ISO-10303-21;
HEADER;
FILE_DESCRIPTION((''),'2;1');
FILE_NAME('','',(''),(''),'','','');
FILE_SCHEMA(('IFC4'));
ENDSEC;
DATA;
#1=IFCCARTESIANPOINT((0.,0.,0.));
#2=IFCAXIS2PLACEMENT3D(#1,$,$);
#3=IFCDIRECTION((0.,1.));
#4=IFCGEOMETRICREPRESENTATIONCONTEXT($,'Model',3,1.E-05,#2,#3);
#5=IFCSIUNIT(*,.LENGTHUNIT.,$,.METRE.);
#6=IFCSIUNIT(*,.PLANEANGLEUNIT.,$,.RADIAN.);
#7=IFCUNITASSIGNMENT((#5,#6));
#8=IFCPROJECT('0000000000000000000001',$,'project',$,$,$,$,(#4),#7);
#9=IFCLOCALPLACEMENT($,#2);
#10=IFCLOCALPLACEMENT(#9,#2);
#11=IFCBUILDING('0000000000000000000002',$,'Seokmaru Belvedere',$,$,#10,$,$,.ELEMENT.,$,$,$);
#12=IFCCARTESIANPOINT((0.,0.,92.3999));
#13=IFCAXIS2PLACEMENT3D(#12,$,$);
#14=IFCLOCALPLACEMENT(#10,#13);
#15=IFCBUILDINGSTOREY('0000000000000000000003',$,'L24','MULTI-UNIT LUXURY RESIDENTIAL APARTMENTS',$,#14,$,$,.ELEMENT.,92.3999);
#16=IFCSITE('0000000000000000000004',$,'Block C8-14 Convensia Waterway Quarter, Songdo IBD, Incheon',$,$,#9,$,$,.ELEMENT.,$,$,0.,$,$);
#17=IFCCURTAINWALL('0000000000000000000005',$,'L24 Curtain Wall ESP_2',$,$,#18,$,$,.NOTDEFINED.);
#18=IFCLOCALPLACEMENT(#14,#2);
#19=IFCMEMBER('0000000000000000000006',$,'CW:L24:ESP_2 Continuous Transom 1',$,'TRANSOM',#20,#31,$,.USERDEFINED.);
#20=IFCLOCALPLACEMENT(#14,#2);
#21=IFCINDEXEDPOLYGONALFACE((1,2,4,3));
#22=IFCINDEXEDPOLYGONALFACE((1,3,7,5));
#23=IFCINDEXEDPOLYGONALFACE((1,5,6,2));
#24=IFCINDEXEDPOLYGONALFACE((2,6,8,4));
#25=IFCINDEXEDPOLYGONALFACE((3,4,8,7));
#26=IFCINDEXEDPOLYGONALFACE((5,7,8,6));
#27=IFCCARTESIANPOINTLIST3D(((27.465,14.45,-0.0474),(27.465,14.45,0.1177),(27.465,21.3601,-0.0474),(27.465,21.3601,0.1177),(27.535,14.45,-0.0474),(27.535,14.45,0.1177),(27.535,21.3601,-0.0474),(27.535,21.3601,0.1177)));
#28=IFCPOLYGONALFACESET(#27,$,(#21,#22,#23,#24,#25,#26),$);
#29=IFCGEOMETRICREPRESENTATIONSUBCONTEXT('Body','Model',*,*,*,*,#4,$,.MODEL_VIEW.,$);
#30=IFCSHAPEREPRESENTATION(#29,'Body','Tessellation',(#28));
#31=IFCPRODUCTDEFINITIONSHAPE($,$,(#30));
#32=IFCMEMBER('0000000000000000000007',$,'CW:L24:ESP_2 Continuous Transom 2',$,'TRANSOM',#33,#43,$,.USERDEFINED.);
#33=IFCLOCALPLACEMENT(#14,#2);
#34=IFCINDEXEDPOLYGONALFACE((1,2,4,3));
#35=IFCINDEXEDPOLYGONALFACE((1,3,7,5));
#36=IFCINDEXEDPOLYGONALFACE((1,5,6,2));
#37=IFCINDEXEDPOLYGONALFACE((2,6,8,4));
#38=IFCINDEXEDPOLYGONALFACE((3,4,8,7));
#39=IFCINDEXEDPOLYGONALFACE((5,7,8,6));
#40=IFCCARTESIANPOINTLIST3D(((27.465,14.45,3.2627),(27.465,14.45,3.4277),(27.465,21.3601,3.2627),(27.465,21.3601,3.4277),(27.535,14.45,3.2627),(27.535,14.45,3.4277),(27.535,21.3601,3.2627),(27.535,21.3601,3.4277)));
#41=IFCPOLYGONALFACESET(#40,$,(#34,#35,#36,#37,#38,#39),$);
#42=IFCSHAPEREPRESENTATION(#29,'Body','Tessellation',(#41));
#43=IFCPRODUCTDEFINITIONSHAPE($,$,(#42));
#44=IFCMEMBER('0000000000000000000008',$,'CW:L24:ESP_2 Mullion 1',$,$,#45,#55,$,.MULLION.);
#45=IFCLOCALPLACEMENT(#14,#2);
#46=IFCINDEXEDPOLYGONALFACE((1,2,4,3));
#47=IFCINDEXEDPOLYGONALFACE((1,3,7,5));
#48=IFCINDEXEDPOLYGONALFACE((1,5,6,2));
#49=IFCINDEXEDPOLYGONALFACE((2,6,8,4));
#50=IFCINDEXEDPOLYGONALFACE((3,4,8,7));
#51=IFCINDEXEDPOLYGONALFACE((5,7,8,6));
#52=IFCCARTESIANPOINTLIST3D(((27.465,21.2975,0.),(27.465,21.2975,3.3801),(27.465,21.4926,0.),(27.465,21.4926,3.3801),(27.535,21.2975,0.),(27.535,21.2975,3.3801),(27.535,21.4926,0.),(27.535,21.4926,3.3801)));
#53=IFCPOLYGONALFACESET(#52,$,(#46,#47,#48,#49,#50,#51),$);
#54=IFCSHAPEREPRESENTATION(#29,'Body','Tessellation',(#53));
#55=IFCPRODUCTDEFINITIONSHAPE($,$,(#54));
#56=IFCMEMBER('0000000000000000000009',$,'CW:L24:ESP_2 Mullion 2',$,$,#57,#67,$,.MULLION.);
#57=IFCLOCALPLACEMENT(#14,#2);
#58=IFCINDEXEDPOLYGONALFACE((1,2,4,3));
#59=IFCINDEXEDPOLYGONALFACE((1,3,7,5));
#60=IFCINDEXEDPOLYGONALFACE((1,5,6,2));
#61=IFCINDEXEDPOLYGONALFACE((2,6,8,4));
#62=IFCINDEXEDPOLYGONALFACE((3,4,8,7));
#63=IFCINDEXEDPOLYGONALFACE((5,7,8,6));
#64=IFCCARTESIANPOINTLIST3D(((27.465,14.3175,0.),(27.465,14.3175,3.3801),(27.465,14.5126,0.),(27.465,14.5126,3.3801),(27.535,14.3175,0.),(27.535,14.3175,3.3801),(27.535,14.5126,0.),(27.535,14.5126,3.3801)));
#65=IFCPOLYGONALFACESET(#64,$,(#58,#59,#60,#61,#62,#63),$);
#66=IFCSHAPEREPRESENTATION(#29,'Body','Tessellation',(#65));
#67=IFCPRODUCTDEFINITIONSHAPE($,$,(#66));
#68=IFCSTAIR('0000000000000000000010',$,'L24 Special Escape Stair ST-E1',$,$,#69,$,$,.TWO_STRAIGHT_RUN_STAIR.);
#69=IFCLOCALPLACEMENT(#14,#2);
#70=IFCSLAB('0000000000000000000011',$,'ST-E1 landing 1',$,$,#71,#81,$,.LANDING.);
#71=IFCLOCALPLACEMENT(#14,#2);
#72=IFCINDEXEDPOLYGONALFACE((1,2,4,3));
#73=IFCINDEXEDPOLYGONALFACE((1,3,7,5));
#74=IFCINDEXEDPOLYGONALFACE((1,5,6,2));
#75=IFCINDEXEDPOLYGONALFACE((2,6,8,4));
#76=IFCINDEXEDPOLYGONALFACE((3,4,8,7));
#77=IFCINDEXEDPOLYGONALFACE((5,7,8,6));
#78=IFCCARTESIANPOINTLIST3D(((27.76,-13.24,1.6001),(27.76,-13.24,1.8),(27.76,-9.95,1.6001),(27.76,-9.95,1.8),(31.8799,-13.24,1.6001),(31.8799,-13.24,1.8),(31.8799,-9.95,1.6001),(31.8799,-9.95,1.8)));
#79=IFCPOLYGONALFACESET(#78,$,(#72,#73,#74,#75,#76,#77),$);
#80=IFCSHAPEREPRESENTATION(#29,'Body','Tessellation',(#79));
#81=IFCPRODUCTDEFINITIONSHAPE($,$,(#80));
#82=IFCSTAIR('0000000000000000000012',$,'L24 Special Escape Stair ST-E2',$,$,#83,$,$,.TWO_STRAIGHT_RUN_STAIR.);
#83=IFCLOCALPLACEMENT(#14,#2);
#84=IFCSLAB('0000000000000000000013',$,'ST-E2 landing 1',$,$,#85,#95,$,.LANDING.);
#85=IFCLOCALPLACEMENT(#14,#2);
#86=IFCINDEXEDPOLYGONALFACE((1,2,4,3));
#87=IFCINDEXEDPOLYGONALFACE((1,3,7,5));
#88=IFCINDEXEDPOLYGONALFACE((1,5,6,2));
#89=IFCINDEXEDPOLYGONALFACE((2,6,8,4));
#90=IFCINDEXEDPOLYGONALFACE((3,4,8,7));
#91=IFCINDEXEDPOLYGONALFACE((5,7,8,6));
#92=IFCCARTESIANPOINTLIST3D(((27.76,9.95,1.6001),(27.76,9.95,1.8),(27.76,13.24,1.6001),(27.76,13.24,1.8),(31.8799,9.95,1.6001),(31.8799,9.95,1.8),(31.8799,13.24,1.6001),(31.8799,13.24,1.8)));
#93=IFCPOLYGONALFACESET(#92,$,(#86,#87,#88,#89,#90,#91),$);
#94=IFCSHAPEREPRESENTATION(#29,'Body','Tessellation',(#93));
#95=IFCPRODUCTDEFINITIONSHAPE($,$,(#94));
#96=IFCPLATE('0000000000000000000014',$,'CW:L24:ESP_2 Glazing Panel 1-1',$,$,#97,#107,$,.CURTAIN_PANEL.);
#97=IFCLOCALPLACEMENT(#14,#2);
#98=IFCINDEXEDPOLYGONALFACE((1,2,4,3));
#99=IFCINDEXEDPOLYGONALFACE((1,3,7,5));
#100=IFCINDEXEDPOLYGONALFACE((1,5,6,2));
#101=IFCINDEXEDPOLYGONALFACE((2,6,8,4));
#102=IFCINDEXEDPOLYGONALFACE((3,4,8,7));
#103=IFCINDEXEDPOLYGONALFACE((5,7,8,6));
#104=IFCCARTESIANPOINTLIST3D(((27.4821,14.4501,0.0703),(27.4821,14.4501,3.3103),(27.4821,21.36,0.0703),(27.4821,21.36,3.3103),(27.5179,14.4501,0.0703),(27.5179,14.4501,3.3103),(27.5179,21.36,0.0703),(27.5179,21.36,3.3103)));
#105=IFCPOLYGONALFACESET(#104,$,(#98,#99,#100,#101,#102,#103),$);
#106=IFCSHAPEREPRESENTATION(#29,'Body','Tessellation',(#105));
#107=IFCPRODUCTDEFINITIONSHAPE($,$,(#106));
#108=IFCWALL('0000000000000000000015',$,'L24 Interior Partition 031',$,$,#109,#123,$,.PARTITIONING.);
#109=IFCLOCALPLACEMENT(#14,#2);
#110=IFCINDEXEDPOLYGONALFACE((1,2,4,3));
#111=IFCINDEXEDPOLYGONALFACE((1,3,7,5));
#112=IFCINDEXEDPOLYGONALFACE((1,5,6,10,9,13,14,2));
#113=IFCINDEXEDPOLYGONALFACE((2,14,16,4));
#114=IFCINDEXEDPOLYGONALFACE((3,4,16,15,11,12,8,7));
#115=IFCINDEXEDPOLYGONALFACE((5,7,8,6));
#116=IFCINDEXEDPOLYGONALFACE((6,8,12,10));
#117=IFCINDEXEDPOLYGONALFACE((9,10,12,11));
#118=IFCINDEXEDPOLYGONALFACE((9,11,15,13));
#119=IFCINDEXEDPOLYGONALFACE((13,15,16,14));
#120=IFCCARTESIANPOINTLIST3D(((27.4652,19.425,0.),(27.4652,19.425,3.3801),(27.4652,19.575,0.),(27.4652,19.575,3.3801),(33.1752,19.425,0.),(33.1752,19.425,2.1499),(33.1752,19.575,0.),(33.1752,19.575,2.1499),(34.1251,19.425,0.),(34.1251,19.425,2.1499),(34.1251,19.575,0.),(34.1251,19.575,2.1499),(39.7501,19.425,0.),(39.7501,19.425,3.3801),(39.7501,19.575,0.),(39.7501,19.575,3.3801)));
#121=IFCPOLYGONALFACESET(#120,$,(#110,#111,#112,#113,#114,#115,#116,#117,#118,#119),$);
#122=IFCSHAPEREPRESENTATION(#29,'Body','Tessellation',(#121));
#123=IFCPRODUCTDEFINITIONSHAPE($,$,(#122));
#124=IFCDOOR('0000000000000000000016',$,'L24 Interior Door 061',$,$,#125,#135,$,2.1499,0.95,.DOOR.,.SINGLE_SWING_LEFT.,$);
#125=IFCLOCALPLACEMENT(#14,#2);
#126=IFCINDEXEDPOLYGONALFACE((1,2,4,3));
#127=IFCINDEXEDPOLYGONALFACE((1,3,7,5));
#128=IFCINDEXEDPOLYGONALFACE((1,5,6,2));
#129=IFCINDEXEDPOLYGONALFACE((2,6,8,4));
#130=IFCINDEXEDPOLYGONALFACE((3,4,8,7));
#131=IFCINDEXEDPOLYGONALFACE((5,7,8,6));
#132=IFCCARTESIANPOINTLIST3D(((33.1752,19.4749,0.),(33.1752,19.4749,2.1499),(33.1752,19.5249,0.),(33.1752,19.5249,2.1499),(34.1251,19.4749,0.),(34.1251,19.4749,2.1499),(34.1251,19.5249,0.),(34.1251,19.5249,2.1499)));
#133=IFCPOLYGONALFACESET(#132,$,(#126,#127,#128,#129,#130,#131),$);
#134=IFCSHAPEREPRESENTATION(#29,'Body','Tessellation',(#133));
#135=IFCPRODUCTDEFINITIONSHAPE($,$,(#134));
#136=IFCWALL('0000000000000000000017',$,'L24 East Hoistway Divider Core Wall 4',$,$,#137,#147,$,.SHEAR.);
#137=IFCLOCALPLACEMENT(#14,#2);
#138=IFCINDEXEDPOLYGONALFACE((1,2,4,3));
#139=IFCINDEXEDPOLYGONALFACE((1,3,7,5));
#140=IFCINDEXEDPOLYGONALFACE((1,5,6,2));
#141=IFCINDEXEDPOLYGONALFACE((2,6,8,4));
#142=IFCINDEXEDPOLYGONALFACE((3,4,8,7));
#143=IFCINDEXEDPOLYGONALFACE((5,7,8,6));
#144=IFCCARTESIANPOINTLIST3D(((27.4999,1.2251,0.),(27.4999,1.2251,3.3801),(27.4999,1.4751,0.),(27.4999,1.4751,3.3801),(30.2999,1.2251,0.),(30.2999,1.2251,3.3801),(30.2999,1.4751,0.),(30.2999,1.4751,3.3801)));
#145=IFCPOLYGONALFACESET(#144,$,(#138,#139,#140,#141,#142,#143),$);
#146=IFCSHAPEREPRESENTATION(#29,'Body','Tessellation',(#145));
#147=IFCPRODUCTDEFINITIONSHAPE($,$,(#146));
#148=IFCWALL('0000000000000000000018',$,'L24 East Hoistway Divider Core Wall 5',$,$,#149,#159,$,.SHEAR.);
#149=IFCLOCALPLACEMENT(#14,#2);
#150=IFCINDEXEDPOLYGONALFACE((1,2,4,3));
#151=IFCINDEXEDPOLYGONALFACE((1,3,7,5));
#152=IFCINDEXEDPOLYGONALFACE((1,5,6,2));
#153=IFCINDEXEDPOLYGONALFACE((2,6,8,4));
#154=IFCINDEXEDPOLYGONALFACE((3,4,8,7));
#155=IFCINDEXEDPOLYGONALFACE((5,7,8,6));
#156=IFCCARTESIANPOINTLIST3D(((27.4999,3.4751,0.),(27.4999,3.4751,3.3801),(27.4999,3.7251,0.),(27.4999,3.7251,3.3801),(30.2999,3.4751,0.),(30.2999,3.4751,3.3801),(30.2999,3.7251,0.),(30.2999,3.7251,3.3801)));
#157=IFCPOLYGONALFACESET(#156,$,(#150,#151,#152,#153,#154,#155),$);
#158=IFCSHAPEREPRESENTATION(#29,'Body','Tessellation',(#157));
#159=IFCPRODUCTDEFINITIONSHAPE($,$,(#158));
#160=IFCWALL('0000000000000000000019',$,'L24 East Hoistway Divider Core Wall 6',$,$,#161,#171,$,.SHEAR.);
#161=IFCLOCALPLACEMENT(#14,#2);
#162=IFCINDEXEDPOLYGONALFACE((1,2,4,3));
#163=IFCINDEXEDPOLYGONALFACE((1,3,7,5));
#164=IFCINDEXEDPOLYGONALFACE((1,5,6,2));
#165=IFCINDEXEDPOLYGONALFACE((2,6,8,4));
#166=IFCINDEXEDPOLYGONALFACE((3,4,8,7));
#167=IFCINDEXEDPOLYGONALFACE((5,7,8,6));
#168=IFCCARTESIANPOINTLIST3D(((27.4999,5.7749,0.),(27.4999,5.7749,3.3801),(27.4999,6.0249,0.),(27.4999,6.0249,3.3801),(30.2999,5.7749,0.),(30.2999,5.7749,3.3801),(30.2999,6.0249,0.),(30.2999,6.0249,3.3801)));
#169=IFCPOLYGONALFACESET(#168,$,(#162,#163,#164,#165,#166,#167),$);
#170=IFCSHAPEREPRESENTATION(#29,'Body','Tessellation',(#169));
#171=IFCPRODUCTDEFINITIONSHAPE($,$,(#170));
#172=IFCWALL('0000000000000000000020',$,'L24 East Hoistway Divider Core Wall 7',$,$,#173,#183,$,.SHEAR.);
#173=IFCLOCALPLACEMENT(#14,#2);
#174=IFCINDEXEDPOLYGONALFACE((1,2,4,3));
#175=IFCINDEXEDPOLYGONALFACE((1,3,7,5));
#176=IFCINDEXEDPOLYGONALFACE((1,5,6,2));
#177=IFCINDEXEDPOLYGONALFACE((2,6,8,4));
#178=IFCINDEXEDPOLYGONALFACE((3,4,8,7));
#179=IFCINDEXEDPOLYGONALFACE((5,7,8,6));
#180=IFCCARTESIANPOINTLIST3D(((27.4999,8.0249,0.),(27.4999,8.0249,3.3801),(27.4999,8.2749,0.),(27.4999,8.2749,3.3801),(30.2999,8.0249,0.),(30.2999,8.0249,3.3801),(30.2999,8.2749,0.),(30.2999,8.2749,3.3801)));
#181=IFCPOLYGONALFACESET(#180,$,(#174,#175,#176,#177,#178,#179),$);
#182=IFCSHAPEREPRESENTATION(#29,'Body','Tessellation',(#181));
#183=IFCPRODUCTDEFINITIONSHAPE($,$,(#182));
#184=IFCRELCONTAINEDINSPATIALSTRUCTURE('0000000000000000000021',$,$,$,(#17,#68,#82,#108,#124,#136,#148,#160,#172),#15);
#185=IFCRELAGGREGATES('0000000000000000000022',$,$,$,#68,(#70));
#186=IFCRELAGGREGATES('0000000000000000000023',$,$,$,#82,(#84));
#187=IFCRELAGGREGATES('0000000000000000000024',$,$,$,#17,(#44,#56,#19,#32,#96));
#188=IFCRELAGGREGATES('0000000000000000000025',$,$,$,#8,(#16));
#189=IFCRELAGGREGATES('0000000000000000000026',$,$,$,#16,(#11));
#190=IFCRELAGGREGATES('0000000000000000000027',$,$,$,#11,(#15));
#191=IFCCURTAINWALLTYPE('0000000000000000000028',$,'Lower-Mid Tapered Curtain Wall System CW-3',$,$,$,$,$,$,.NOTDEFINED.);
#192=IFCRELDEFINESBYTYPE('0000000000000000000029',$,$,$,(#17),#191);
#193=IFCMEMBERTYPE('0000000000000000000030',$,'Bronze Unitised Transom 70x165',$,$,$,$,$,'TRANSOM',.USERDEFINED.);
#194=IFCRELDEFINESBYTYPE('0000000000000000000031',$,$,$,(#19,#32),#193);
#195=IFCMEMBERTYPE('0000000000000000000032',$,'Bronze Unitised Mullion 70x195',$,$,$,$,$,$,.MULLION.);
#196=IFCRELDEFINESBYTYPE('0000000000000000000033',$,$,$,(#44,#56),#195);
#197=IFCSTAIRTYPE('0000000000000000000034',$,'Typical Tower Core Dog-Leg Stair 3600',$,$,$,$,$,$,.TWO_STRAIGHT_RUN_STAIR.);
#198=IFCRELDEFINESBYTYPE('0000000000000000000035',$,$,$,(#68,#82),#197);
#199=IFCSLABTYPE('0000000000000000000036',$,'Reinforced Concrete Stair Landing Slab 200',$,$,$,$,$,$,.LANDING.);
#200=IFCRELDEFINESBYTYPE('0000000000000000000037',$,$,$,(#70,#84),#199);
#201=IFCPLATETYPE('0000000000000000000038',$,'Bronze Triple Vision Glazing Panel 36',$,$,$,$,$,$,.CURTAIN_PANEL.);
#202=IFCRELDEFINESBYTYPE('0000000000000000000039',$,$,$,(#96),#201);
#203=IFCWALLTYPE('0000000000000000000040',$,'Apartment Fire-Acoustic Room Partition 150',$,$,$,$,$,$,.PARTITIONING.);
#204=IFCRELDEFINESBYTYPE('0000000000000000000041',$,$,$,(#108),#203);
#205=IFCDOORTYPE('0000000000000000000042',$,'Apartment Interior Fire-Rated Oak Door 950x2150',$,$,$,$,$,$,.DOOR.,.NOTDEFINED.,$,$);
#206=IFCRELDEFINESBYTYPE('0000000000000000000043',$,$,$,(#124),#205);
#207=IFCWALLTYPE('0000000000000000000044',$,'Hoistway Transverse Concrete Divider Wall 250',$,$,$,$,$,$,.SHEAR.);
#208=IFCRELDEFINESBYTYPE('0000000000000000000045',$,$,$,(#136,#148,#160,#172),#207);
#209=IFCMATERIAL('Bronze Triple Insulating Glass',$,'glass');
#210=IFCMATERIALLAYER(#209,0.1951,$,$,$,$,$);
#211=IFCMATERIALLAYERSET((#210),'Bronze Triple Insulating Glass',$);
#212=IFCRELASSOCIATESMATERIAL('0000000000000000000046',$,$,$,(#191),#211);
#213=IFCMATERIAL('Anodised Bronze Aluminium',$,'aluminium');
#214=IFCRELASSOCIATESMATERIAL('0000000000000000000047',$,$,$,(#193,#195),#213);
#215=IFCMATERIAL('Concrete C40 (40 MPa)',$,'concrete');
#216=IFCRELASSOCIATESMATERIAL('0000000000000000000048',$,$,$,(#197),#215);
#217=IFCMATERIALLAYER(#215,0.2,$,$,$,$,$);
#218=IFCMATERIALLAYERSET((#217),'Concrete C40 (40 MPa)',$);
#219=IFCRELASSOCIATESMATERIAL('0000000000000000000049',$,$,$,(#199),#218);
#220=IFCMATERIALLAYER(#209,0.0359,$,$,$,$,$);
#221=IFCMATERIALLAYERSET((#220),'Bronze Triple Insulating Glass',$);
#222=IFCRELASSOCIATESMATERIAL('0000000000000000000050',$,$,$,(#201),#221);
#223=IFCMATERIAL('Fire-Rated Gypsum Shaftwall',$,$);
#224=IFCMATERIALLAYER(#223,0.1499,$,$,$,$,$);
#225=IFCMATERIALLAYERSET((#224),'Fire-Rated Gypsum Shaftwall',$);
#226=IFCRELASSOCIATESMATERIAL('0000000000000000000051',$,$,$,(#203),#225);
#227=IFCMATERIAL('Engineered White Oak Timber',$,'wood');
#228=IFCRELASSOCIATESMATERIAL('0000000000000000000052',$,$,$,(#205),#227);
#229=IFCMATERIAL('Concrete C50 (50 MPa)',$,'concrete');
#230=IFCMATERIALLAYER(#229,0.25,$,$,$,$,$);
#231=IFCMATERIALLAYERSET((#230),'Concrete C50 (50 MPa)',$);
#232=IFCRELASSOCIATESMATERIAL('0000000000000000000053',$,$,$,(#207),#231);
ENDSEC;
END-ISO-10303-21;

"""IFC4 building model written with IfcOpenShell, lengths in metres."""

from ifc_helpers import new_model, si_unit, direction, frame, frame_2d, origin, origin_2d, place, context, subcontext, project, spatial, polyline, rectangle, outline, extrude, source, transform, mapped, material, layer, layer_set, material_profile, profile_set, type_object, type_shapes, element, fill, aggregate, save


model = new_model("IFC4")

# Units and contexts
model_context = context("Model", 3, precision=1e-05, world=origin(), true_north=direction((0.0, 1.0)))
body_context = subcontext(model_context, "Body", "Model", "MODEL_VIEW")
ifc_project = project(units=[si_unit("LENGTHUNIT", "METRE"), si_unit("PLANEANGLEUNIT", "RADIAN")], contexts=[model_context])

# Site, building, storey
site_placement = place(None, origin())
site = spatial("IfcSite", under=ifc_project, at=site_placement, Name="Block C8-14 Convensia Waterway Quarter, Songdo IBD, Incheon", CompositionType="ELEMENT", RefElevation=0.0)
building_placement = place(site_placement, origin())
building = spatial("IfcBuilding", under=site, at=building_placement, Name="Seokmaru Belvedere", CompositionType="ELEMENT")
storey_placement = place(building_placement, frame((0.0, 0.0, 92.3999)))
storey = spatial("IfcBuildingStorey", under=building, at=storey_placement, Name="L24", Description="MULTI-UNIT LUXURY RESIDENTIAL APARTMENTS", CompositionType="ELEMENT", Elevation=92.3999)

# Curtain wall, members
ifc_material_1 = material(Name="Bronze Triple Insulating Glass", Category="glass")
ifc_layer_1 = layer(ifc_material_1, 0.1951)
ifc_layer_set_1 = layer_set([ifc_layer_1], Name="Bronze Triple Insulating Glass")
curtain_wall_type = type_object("IfcCurtainWallType", Name="Lower-Mid Tapered Curtain Wall System CW-3", PredefinedType="NOTDEFINED", material=ifc_layer_set_1)
curtain_wall_placement = place(storey_placement, origin())
curtain_wall = element("IfcCurtainWall", 1, at=curtain_wall_placement, inside=storey, type_object=curtain_wall_type, Name="L24 Curtain Wall ESP_2", PredefinedType="NOTDEFINED")
ifc_material_2 = material(Name="Anodised Bronze Aluminium", Category="aluminium")
ifc_material_profile_1 = material_profile(ifc_material_2, rectangle(XDim=0.0701, YDim=0.165, at=origin_2d()), Name="CW-T-70x165")
ifc_profile_set_1 = profile_set([ifc_material_profile_1], Name="Anodised Bronze Aluminium")
member_type_1 = type_object("IfcMemberType", Name="Bronze Unitised Transom 70x165", ElementType="TRANSOM", PredefinedType="USERDEFINED", material=ifc_profile_set_1)
shared_shape_1 = source(origin(), body_context, "Body", "SweptSolid", [
    extrude(rectangle(XDim=0.0701, YDim=0.165, at=origin_2d()), origin(), (0.0, 0.0, 1.0), 6.9102),
])
type_shapes(member_type_1, [shared_shape_1])
member_1_placement = place(storey_placement, frame((27.5, 21.3601, 0.0352), z_axis=(0.0, -1.0, 0.0), x_axis=(1.0, 0.0, 0.0)))
member_1 = element("IfcMember", 2, at=member_1_placement, type_object=member_type_1, Name="CW:L24:ESP_2 Continuous Transom 1", ObjectType="TRANSOM", PredefinedType="USERDEFINED", context=body_context, shape_type="MappedRepresentation", body=[
    mapped(shared_shape_1, transform((0.0, 0.0, 0.0), scale=1.0)),
])
member_2_placement = place(storey_placement, frame((27.5, 21.3601, 3.3452), z_axis=(0.0, -1.0, 0.0), x_axis=(1.0, 0.0, 0.0)))
member_2 = element("IfcMember", 3, at=member_2_placement, type_object=member_type_1, Name="CW:L24:ESP_2 Continuous Transom 2", ObjectType="TRANSOM", PredefinedType="USERDEFINED", context=body_context, shape_type="MappedRepresentation", body=[
    mapped(shared_shape_1, transform((0.0, 0.0, 0.0), scale=1.0)),
])
ifc_material_profile_2 = material_profile(ifc_material_2, rectangle(XDim=0.0701, YDim=0.1951, at=origin_2d()), Name="CW-M-70x195")
ifc_profile_set_2 = profile_set([ifc_material_profile_2], Name="Anodised Bronze Aluminium")
member_type_2 = type_object("IfcMemberType", Name="Bronze Unitised Mullion 70x195", PredefinedType="MULLION", material=ifc_profile_set_2)
shared_shape_2 = source(origin(), body_context, "Body", "SweptSolid", [
    extrude(rectangle(XDim=0.0701, YDim=0.1951, at=origin_2d()), origin(), (0.0, 0.0, 1.0), 3.3801),
])
type_shapes(member_type_2, [shared_shape_2])
member_3_placement = place(storey_placement, frame((27.5, 21.395, 0.0), z_axis=(0.0, 0.0, 1.0), x_axis=(1.0, 0.0, 0.0)))
member_3 = element("IfcMember", 4, at=member_3_placement, type_object=member_type_2, Name="CW:L24:ESP_2 Mullion 1", PredefinedType="MULLION", context=body_context, shape_type="MappedRepresentation", body=[
    mapped(shared_shape_2, transform((0.0, 0.0, 0.0), scale=1.0)),
])
member_4_placement = place(storey_placement, frame((27.5, 14.415, 0.0), z_axis=(0.0, 0.0, 1.0), x_axis=(1.0, 0.0, 0.0)))
member_4 = element("IfcMember", 5, at=member_4_placement, type_object=member_type_2, Name="CW:L24:ESP_2 Mullion 2", PredefinedType="MULLION", context=body_context, shape_type="MappedRepresentation", body=[
    mapped(shared_shape_2, transform((0.0, 0.0, 0.0), scale=1.0)),
])

# Stairs, slabs
ifc_material_3 = material(Name="Concrete C40 (40 MPa)", Category="concrete")
stair_type = type_object("IfcStairType", Name="Typical Tower Core Dog-Leg Stair 3600", PredefinedType="TWO_STRAIGHT_RUN_STAIR", material=ifc_material_3)
stair_1_placement = place(storey_placement, origin())
stair_1 = element("IfcStair", 6, at=stair_1_placement, inside=storey, type_object=stair_type, Name="L24 Special Escape Stair ST-E1", PredefinedType="TWO_STRAIGHT_RUN_STAIR")
ifc_layer_2 = layer(ifc_material_3, 0.2)
ifc_layer_set_2 = layer_set([ifc_layer_2], Name="Concrete C40 (40 MPa)")
slab_type = type_object("IfcSlabType", Name="Reinforced Concrete Stair Landing Slab 200", PredefinedType="LANDING", material=ifc_layer_set_2)
slab_1_placement = place(storey_placement, frame((0.0, 0.0, 1.6001)))
slab_1 = element("IfcSlab", 7, at=slab_1_placement, type_object=slab_type, Name="ST-E1 landing 1", PredefinedType="LANDING", context=body_context, shape_type="SweptSolid", body=[
    extrude(outline(polyline([(27.76, -13.24), (31.8799, -13.24), (31.8799, -9.95), (27.76, -9.95), (27.76, -13.24)])), origin(), (0.0, 0.0, 1.0), 0.2),
])
aggregate(stair_1, [slab_1])
stair_2_placement = place(storey_placement, origin())
stair_2 = element("IfcStair", 8, at=stair_2_placement, inside=storey, type_object=stair_type, Name="L24 Special Escape Stair ST-E2", PredefinedType="TWO_STRAIGHT_RUN_STAIR")
slab_2_placement = place(storey_placement, frame((0.0, 0.0, 1.6001)))
slab_2 = element("IfcSlab", 9, at=slab_2_placement, type_object=slab_type, Name="ST-E2 landing 1", PredefinedType="LANDING", context=body_context, shape_type="SweptSolid", body=[
    extrude(outline(polyline([(27.76, 9.95), (31.8799, 9.95), (31.8799, 13.24), (27.76, 13.24), (27.76, 9.95)])), origin(), (0.0, 0.0, 1.0), 0.2),
])
aggregate(stair_2, [slab_2])

# Plate
ifc_layer_3 = layer(ifc_material_1, 0.0359)
ifc_layer_set_3 = layer_set([ifc_layer_3], Name="Bronze Triple Insulating Glass")
plate_type = type_object("IfcPlateType", Name="Bronze Triple Vision Glazing Panel 36", PredefinedType="CURTAIN_PANEL", material=ifc_layer_set_3)
shared_shape_3 = source(origin(), body_context, "Body", "SweptSolid", [
    extrude(rectangle(XDim=6.9099, YDim=0.0359, at=origin_2d()), origin(), (0.0, 0.0, 1.0), 3.24),
])
type_shapes(plate_type, [shared_shape_3])
plate_placement = place(storey_placement, frame((27.5, 17.905, 0.0703), z_axis=(0.0, 0.0, 1.0), x_axis=(0.0, -1.0, 0.0)))
plate = element("IfcPlate", 10, at=plate_placement, type_object=plate_type, Name="CW:L24:ESP_2 Glazing Panel 1-1", PredefinedType="CURTAIN_PANEL", context=body_context, shape_type="MappedRepresentation", body=[
    mapped(shared_shape_3, transform((0.0, 0.0, 0.0), scale=1.0)),
])
aggregate(curtain_wall, [member_3, member_4, member_1, member_2, plate])

# Wall, opening, door
ifc_material_4 = material(Name="Fire-Rated Gypsum Shaftwall")
ifc_layer_4 = layer(ifc_material_4, 0.1499)
ifc_layer_set_4 = layer_set([ifc_layer_4], Name="Fire-Rated Gypsum Shaftwall")
wall_type_1 = type_object("IfcWallType", Name="Apartment Fire-Acoustic Room Partition 150", PredefinedType="PARTITIONING", material=ifc_layer_set_4)
wall_1_placement = place(storey_placement, frame((27.4651, 19.5, 0.0), z_axis=(0.0, 0.0, 1.0), x_axis=(1.0, 0.0, 0.0)))
wall_1 = element("IfcWall", 11, at=wall_1_placement, inside=storey, type_object=wall_type_1, Name="L24 Interior Partition 031", PredefinedType="PARTITIONING", context=body_context, shape_type="SweptSolid", body=[
    extrude(rectangle(XDim=12.2849, YDim=0.1499, at=frame_2d((6.1426, 0.0))), origin(), (0.0, 0.0, 1.0), 3.3801),
])
opening_1_placement = place(wall_1_placement, frame((5.71, 0.0, 0.0)))
opening_1 = element("IfcOpeningElement", 12, at=opening_1_placement, cuts=wall_1, PredefinedType="OPENING", context=body_context, shape_type="SweptSolid", body=[
    extrude(rectangle(XDim=0.95, YDim=2.1499, at=frame_2d((0.4751, 1.075))), frame((0.0, 0.085, 0.0), z_axis=(0.0, -1.0, 0.0), x_axis=(1.0, 0.0, 0.0)), (0.0, 0.0, 1.0), 0.1699),
])
ifc_material_5 = material(Name="Engineered White Oak Timber", Category="wood")
door_type_1 = type_object("IfcDoorType", Name="Apartment Interior Fire-Rated Oak Door 950x2150", OperationType="NOTDEFINED", PredefinedType="DOOR", material=ifc_material_5)
shared_shape_4 = source(origin(), body_context, "Body", "SweptSolid", [
    extrude(rectangle(XDim=0.95, YDim=2.1499, at=frame_2d((0.4751, 1.075))), frame((0.0, 0.0249, 0.0), z_axis=(0.0, -1.0, 0.0), x_axis=(1.0, 0.0, 0.0)), (0.0, 0.0, 1.0), 0.05),
])
type_shapes(door_type_1, [shared_shape_4])
door_1_placement = place(opening_1_placement, origin())
door_1 = element("IfcDoor", 13, at=door_1_placement, inside=storey, type_object=door_type_1, Name="L24 Interior Door 061", OperationType="SINGLE_SWING_LEFT", OverallHeight=2.1499, OverallWidth=0.95, PredefinedType="DOOR", context=body_context, shape_type="MappedRepresentation", body=[
    mapped(shared_shape_4, transform((0.0, 0.0, 0.0), scale=1.0)),
])
fill(opening_1, door_1)

# Walls
ifc_material_6 = material(Name="Concrete C50 (50 MPa)", Category="concrete")
ifc_layer_5 = layer(ifc_material_6, 0.25)
ifc_layer_set_5 = layer_set([ifc_layer_5], Name="Concrete C50 (50 MPa)")
wall_type_2 = type_object("IfcWallType", Name="Hoistway Transverse Concrete Divider Wall 250", PredefinedType="SHEAR", material=ifc_layer_set_5)
for number, where, z_axis, x_axis, name in (
    (14, (27.5, 1.3501, 0.0), (0.0, 0.0, 1.0), (1.0, 0.0, 0.0), "L24 East Hoistway Divider Core Wall 4"),
    (15, (27.5, 3.6001, 0.0), (0.0, 0.0, 1.0), (1.0, 0.0, 0.0), "L24 East Hoistway Divider Core Wall 5"),
    (16, (27.5, 5.8999, 0.0), (0.0, 0.0, 1.0), (1.0, 0.0, 0.0), "L24 East Hoistway Divider Core Wall 6"),
    (17, (27.5, 8.1499, 0.0), (0.0, 0.0, 1.0), (1.0, 0.0, 0.0), "L24 East Hoistway Divider Core Wall 7"),
):
    element("IfcWall", number, at=place(storey_placement, frame(where, z_axis=z_axis, x_axis=x_axis)), inside=storey, type_object=wall_type_2, Name=name, PredefinedType="SHEAR", context=body_context, shape_type="SweptSolid", body=[
        extrude(rectangle(XDim=2.8, YDim=0.25, at=frame_2d((1.3999, 0.0))), origin(), (0.0, 0.0, 1.0), 3.3801),
    ])

save(model, "model.ifc")
